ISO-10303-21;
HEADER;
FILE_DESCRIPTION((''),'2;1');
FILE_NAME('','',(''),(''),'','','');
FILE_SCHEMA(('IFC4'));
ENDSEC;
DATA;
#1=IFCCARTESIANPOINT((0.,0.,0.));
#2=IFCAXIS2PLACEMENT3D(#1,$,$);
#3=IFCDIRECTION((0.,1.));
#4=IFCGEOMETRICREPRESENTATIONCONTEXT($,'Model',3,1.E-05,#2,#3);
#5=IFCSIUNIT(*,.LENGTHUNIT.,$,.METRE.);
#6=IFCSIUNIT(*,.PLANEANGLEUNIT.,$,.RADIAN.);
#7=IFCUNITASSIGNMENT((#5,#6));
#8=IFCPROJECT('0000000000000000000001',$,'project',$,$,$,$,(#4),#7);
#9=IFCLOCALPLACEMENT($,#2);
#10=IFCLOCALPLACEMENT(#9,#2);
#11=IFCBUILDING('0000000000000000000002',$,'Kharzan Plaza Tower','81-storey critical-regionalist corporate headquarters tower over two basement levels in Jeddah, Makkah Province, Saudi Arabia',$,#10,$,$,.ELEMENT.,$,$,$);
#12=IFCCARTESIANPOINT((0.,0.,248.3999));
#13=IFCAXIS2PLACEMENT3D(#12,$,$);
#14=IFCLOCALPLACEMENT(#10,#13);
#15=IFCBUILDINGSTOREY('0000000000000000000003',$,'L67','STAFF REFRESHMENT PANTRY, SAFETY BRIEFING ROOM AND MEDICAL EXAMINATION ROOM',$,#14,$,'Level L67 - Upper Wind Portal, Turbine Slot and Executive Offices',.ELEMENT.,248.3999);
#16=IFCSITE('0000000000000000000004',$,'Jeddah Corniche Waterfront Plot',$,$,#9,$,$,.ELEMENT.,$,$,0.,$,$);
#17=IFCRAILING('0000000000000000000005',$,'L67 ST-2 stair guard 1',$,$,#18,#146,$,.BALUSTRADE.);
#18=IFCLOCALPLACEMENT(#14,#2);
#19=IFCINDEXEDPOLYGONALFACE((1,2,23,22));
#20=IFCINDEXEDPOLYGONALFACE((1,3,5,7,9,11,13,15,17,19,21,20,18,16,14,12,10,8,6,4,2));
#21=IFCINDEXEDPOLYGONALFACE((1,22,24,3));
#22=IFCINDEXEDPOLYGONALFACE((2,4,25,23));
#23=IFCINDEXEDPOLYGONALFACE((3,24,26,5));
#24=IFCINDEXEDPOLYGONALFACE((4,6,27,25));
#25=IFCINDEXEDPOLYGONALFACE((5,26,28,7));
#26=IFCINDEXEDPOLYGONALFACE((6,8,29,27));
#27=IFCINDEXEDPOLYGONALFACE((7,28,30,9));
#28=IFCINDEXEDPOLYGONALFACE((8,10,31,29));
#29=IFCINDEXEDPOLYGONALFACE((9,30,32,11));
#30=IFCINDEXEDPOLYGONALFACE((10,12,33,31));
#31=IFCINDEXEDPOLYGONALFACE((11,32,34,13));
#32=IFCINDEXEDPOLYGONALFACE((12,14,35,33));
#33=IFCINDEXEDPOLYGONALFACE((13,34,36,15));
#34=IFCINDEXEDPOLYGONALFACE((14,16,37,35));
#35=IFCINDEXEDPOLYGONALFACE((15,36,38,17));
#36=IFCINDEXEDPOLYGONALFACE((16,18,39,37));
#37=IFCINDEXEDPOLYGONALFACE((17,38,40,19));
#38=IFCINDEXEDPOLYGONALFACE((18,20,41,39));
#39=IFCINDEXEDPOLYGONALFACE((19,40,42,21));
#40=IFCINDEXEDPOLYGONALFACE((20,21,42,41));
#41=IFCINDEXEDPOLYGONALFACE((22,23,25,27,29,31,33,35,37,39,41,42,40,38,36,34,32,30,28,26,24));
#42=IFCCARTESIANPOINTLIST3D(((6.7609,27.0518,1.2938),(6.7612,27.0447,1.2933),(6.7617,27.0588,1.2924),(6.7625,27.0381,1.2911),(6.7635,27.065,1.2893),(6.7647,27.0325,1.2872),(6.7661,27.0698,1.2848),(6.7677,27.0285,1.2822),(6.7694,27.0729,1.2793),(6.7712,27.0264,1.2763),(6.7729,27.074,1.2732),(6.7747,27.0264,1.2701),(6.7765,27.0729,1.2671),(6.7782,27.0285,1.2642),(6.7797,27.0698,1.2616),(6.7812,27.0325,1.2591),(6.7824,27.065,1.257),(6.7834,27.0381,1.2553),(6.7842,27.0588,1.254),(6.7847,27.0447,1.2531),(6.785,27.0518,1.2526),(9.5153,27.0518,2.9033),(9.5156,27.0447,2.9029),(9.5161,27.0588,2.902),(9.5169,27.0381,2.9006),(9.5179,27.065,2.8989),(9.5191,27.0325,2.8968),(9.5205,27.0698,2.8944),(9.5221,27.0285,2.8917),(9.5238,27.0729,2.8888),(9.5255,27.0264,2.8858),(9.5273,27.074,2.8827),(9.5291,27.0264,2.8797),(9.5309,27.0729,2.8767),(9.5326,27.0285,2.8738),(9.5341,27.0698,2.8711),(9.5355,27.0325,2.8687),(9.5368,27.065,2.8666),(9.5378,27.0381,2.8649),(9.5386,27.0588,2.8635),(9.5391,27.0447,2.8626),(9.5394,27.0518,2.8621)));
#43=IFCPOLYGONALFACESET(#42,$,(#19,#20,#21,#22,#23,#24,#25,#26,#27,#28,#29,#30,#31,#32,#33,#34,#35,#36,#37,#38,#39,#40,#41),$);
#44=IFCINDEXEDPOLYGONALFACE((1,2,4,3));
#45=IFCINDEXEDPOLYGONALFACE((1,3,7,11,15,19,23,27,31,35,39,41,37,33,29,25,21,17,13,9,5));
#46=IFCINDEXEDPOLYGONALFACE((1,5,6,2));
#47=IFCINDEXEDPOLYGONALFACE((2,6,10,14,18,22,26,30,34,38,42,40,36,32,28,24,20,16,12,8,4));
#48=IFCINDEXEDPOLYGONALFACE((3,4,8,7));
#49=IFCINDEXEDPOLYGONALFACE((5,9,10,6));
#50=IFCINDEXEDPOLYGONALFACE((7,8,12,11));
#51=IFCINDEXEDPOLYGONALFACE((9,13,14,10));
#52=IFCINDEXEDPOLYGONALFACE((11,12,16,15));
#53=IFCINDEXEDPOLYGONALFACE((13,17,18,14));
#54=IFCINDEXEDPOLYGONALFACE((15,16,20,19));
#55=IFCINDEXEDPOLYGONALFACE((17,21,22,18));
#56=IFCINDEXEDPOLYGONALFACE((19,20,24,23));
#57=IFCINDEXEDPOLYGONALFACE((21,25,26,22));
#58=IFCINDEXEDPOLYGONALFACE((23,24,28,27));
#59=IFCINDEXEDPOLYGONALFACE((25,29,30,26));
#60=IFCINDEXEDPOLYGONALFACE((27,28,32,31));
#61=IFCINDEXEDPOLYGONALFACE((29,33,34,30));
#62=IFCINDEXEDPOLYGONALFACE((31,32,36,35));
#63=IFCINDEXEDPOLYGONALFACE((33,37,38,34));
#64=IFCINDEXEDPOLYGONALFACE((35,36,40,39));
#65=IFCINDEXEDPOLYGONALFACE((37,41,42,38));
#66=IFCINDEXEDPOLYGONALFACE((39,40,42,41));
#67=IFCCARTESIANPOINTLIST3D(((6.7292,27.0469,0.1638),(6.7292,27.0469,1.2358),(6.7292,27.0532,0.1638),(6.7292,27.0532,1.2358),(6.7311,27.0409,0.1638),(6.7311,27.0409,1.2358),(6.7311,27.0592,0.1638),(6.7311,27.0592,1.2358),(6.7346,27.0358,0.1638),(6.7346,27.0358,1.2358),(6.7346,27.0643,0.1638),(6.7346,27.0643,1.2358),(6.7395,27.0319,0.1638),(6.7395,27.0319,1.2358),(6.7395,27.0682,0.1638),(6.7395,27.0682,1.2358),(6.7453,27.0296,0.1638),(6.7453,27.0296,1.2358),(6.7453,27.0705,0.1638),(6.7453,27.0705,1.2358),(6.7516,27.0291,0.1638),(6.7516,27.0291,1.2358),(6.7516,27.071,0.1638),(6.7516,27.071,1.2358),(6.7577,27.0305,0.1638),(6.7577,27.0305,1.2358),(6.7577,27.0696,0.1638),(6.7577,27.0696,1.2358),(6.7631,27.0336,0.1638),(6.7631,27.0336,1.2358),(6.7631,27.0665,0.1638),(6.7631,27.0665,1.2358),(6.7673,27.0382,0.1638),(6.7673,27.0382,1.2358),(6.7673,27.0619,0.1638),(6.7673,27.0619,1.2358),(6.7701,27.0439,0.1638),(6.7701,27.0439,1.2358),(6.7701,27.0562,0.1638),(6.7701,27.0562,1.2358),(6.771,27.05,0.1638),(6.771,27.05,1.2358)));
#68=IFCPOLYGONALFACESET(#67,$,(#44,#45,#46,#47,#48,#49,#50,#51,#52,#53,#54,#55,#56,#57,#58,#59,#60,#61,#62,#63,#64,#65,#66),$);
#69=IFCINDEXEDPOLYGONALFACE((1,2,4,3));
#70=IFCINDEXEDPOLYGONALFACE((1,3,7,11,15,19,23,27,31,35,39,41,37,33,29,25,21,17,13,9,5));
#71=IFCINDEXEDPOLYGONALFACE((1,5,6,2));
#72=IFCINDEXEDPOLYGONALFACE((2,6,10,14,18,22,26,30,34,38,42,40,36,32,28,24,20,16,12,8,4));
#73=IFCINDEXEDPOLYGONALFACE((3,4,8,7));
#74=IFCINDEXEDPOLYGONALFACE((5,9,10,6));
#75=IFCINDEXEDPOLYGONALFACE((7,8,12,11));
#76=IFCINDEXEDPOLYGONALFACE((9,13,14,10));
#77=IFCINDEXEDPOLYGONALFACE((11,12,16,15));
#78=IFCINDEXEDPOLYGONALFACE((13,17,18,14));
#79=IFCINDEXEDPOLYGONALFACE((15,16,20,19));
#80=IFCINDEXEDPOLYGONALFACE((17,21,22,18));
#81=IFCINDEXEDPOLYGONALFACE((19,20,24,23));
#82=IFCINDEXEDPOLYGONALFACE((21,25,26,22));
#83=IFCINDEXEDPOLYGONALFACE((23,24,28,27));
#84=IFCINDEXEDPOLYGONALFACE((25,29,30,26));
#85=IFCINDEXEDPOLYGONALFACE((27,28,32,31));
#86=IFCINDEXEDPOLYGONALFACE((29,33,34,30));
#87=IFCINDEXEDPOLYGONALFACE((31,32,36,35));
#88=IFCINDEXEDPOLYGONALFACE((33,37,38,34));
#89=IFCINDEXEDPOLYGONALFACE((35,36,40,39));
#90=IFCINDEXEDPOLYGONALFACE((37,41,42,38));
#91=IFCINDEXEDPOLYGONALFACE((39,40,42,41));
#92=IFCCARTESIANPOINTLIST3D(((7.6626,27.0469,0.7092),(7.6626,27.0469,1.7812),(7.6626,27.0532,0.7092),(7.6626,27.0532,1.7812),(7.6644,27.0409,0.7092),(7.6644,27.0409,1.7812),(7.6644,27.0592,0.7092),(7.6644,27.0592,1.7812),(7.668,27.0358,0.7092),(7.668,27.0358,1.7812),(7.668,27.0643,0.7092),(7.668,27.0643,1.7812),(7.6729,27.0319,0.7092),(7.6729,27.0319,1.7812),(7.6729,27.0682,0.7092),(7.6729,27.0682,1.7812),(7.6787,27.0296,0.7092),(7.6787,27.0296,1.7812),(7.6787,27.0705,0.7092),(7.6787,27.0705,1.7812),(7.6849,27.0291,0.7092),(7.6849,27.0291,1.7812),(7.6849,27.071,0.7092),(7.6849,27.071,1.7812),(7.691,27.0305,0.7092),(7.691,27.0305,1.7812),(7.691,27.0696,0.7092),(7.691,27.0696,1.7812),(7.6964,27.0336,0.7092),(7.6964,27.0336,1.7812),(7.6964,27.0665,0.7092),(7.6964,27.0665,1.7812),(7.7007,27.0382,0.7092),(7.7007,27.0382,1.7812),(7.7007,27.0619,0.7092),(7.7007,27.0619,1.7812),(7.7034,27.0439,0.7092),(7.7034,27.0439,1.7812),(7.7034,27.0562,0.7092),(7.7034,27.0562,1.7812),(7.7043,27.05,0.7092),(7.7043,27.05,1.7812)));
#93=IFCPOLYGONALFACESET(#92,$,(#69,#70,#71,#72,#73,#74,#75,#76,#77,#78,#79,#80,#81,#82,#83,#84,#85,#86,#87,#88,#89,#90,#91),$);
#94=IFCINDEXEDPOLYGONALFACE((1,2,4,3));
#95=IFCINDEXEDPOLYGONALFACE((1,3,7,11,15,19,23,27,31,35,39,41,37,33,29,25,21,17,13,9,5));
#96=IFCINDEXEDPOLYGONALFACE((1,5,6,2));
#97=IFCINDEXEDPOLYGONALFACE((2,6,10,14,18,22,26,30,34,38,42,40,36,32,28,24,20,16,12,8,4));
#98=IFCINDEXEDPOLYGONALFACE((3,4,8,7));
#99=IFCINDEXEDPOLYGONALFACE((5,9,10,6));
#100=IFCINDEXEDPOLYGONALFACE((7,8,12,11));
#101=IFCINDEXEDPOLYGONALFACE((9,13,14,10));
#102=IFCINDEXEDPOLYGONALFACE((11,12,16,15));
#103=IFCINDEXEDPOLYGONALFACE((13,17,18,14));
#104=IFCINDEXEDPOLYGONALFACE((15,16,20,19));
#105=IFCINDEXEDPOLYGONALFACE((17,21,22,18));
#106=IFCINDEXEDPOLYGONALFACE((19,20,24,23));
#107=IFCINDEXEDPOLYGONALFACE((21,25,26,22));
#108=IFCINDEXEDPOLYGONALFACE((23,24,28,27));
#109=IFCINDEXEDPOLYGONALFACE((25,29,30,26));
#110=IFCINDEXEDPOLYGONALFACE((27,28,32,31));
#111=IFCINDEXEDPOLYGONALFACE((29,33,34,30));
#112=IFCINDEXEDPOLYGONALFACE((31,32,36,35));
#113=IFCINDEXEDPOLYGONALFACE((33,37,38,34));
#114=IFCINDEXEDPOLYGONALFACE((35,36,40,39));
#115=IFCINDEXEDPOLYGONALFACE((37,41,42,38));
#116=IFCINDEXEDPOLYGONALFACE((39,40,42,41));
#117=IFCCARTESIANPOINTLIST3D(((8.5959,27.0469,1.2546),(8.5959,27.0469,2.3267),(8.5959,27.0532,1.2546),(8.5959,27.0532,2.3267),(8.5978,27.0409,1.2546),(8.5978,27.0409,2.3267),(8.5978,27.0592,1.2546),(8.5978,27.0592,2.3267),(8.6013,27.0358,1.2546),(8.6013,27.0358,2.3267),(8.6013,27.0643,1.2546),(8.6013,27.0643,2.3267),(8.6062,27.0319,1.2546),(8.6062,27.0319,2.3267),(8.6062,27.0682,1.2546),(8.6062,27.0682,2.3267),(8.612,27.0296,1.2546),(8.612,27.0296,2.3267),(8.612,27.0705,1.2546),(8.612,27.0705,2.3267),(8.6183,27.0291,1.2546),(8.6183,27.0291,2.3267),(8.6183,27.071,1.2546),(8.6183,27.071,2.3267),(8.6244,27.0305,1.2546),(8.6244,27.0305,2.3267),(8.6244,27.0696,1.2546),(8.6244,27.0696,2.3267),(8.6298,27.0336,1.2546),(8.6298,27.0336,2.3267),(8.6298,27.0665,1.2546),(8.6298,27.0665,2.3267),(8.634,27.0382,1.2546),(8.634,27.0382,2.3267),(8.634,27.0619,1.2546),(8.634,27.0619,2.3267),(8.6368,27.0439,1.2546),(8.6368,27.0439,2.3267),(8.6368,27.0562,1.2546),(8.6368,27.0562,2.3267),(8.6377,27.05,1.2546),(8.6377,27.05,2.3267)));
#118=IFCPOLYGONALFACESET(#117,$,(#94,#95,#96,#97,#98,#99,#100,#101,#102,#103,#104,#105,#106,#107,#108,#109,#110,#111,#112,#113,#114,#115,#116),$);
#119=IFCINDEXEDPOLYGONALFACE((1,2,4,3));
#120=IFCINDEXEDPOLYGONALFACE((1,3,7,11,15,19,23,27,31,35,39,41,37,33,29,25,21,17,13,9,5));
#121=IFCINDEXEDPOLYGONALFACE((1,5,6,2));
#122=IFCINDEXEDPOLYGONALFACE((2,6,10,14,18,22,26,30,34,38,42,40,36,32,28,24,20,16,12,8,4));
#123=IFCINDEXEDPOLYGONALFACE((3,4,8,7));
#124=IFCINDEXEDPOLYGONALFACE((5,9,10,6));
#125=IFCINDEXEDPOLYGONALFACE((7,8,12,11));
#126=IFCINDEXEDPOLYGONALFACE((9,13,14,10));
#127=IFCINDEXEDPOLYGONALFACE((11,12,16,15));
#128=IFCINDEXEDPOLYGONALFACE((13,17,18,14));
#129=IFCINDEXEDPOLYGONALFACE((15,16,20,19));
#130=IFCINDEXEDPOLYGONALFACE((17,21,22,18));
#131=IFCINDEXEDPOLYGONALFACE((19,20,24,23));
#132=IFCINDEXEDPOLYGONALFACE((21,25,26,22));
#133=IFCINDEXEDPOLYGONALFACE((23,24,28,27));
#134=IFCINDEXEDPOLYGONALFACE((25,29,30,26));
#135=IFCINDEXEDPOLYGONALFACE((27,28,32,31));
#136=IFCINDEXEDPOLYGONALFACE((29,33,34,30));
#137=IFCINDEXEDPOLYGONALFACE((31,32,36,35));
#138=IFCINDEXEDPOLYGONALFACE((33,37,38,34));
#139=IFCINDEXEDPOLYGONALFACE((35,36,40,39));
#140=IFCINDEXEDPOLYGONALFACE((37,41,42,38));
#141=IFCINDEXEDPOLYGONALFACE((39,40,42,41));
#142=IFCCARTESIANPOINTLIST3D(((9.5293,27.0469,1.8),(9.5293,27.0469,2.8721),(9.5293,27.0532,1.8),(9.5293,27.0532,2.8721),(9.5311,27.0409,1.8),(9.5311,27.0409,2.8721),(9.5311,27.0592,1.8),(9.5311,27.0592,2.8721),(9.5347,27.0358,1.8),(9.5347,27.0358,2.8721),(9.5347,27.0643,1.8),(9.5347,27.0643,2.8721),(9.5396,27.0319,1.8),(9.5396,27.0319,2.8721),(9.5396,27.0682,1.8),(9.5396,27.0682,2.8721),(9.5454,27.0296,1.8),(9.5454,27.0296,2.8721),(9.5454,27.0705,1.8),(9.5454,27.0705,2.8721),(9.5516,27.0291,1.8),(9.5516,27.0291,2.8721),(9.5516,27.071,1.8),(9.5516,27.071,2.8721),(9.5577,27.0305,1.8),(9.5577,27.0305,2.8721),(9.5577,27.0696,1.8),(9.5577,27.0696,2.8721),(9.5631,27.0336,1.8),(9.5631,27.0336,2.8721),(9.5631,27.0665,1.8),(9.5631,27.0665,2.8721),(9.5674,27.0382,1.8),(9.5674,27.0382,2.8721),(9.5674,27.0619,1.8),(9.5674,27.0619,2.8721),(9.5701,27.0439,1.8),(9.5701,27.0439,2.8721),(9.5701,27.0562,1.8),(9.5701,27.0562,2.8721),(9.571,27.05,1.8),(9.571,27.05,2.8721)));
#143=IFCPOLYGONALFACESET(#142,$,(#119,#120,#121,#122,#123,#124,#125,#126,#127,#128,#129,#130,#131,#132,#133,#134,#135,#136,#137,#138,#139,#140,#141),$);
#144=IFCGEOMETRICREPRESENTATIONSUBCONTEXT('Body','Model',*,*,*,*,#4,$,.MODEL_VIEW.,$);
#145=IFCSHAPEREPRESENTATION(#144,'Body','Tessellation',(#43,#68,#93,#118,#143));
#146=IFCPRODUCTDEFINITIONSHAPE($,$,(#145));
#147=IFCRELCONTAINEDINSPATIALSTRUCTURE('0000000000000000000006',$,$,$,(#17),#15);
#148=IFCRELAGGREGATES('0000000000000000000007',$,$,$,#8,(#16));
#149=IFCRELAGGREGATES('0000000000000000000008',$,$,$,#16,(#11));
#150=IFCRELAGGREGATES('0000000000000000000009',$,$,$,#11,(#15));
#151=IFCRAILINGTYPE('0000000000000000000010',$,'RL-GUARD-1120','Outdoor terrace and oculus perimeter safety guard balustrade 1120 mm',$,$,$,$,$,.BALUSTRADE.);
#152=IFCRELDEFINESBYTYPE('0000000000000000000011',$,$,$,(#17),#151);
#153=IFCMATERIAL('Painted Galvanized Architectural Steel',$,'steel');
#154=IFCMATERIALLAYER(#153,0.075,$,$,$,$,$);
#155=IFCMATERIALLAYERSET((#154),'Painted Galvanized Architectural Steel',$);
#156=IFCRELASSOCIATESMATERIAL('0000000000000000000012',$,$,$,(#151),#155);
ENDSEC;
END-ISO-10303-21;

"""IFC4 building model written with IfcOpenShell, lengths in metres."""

from ifc_helpers import new_model, si_unit, direction, frame, origin, origin_2d, place, context, subcontext, project, spatial, circle, extrude, source, transform, mapped, material, layer, layer_set, type_object, element, save


model = new_model("IFC4")

# Units and contexts
model_context = context("Model", 3, precision=1e-05, world=origin(), true_north=direction((0.0, 1.0)))
body_context = subcontext(model_context, "Body", "Model", "MODEL_VIEW")
ifc_project = project(units=[si_unit("LENGTHUNIT", "METRE"), si_unit("PLANEANGLEUNIT", "RADIAN")], contexts=[model_context])

# Site, building, storey
site_placement = place(None, origin())
site = spatial("IfcSite", under=ifc_project, at=site_placement, Name="Jeddah Corniche Waterfront Plot", CompositionType="ELEMENT", RefElevation=0.0)
building_placement = place(site_placement, origin())
building = spatial("IfcBuilding", under=site, at=building_placement, Name="Kharzan Plaza Tower", Description="81-storey critical-regionalist corporate headquarters tower over two basement levels in Jeddah, Makkah Province, Saudi Arabia", CompositionType="ELEMENT")
storey_placement = place(building_placement, frame((0.0, 0.0, 248.3999)))
storey = spatial("IfcBuildingStorey", under=building, at=storey_placement, Name="L67", Description="STAFF REFRESHMENT PANTRY, SAFETY BRIEFING ROOM AND MEDICAL EXAMINATION ROOM", LongName="Level L67 - Upper Wind Portal, Turbine Slot and Executive Offices", CompositionType="ELEMENT", Elevation=248.3999)

# Railing
ifc_material_1 = material(Name="Painted Galvanized Architectural Steel", Category="steel")
ifc_layer_1 = layer(ifc_material_1, 0.075)
ifc_layer_set_1 = layer_set([ifc_layer_1], Name="Painted Galvanized Architectural Steel")
railing_type_1 = type_object("IfcRailingType", Name="RL-GUARD-1120", Description="Outdoor terrace and oculus perimeter safety guard balustrade 1120 mm", PredefinedType="BALUSTRADE", material=ifc_layer_set_1)
shared_shape_1 = source(origin(), body_context, "Body", "SweptSolid", [
    extrude(circle(Radius=0.0239, at=origin_2d()), frame((0.0229, 0.0, 1.1094), z_axis=(0.863394, 0.0, 0.504531), x_axis=(0.0, 1.0, 0.0)), (0.0, 0.0, 1.0), 3.1902),
    extrude(circle(Radius=0.021, at=origin_2d()), origin(), (0.0, 0.0, 1.0), 1.072),
    extrude(circle(Radius=0.021, at=origin_2d()), frame((0.9333, 0.0, 0.5454)), (0.0, 0.0, 1.0), 1.072),
    extrude(circle(Radius=0.021, at=origin_2d()), frame((1.8667, 0.0, 1.0908)), (0.0, 0.0, 1.0), 1.072),
    extrude(circle(Radius=0.021, at=origin_2d()), frame((2.8, 0.0, 1.6362)), (0.0, 0.0, 1.0), 1.072),
])
railing_1_placement = place(storey_placement, frame((6.75, 27.05, 0.1638)))
element("IfcRailing", 1, at=railing_1_placement, inside=storey, type_object=railing_type_1, Name="L67 ST-2 stair guard 1", PredefinedType="BALUSTRADE", context=body_context, shape_type="MappedRepresentation", body=[
    mapped(shared_shape_1, transform((0.0, 0.0, 0.0), x_axis=(1.0, 0.0, 0.0), y_axis=(0.0, 1.0, 0.0), z_axis=(0.0, 0.0, 1.0))),
])

save(model, "model.ifc")
